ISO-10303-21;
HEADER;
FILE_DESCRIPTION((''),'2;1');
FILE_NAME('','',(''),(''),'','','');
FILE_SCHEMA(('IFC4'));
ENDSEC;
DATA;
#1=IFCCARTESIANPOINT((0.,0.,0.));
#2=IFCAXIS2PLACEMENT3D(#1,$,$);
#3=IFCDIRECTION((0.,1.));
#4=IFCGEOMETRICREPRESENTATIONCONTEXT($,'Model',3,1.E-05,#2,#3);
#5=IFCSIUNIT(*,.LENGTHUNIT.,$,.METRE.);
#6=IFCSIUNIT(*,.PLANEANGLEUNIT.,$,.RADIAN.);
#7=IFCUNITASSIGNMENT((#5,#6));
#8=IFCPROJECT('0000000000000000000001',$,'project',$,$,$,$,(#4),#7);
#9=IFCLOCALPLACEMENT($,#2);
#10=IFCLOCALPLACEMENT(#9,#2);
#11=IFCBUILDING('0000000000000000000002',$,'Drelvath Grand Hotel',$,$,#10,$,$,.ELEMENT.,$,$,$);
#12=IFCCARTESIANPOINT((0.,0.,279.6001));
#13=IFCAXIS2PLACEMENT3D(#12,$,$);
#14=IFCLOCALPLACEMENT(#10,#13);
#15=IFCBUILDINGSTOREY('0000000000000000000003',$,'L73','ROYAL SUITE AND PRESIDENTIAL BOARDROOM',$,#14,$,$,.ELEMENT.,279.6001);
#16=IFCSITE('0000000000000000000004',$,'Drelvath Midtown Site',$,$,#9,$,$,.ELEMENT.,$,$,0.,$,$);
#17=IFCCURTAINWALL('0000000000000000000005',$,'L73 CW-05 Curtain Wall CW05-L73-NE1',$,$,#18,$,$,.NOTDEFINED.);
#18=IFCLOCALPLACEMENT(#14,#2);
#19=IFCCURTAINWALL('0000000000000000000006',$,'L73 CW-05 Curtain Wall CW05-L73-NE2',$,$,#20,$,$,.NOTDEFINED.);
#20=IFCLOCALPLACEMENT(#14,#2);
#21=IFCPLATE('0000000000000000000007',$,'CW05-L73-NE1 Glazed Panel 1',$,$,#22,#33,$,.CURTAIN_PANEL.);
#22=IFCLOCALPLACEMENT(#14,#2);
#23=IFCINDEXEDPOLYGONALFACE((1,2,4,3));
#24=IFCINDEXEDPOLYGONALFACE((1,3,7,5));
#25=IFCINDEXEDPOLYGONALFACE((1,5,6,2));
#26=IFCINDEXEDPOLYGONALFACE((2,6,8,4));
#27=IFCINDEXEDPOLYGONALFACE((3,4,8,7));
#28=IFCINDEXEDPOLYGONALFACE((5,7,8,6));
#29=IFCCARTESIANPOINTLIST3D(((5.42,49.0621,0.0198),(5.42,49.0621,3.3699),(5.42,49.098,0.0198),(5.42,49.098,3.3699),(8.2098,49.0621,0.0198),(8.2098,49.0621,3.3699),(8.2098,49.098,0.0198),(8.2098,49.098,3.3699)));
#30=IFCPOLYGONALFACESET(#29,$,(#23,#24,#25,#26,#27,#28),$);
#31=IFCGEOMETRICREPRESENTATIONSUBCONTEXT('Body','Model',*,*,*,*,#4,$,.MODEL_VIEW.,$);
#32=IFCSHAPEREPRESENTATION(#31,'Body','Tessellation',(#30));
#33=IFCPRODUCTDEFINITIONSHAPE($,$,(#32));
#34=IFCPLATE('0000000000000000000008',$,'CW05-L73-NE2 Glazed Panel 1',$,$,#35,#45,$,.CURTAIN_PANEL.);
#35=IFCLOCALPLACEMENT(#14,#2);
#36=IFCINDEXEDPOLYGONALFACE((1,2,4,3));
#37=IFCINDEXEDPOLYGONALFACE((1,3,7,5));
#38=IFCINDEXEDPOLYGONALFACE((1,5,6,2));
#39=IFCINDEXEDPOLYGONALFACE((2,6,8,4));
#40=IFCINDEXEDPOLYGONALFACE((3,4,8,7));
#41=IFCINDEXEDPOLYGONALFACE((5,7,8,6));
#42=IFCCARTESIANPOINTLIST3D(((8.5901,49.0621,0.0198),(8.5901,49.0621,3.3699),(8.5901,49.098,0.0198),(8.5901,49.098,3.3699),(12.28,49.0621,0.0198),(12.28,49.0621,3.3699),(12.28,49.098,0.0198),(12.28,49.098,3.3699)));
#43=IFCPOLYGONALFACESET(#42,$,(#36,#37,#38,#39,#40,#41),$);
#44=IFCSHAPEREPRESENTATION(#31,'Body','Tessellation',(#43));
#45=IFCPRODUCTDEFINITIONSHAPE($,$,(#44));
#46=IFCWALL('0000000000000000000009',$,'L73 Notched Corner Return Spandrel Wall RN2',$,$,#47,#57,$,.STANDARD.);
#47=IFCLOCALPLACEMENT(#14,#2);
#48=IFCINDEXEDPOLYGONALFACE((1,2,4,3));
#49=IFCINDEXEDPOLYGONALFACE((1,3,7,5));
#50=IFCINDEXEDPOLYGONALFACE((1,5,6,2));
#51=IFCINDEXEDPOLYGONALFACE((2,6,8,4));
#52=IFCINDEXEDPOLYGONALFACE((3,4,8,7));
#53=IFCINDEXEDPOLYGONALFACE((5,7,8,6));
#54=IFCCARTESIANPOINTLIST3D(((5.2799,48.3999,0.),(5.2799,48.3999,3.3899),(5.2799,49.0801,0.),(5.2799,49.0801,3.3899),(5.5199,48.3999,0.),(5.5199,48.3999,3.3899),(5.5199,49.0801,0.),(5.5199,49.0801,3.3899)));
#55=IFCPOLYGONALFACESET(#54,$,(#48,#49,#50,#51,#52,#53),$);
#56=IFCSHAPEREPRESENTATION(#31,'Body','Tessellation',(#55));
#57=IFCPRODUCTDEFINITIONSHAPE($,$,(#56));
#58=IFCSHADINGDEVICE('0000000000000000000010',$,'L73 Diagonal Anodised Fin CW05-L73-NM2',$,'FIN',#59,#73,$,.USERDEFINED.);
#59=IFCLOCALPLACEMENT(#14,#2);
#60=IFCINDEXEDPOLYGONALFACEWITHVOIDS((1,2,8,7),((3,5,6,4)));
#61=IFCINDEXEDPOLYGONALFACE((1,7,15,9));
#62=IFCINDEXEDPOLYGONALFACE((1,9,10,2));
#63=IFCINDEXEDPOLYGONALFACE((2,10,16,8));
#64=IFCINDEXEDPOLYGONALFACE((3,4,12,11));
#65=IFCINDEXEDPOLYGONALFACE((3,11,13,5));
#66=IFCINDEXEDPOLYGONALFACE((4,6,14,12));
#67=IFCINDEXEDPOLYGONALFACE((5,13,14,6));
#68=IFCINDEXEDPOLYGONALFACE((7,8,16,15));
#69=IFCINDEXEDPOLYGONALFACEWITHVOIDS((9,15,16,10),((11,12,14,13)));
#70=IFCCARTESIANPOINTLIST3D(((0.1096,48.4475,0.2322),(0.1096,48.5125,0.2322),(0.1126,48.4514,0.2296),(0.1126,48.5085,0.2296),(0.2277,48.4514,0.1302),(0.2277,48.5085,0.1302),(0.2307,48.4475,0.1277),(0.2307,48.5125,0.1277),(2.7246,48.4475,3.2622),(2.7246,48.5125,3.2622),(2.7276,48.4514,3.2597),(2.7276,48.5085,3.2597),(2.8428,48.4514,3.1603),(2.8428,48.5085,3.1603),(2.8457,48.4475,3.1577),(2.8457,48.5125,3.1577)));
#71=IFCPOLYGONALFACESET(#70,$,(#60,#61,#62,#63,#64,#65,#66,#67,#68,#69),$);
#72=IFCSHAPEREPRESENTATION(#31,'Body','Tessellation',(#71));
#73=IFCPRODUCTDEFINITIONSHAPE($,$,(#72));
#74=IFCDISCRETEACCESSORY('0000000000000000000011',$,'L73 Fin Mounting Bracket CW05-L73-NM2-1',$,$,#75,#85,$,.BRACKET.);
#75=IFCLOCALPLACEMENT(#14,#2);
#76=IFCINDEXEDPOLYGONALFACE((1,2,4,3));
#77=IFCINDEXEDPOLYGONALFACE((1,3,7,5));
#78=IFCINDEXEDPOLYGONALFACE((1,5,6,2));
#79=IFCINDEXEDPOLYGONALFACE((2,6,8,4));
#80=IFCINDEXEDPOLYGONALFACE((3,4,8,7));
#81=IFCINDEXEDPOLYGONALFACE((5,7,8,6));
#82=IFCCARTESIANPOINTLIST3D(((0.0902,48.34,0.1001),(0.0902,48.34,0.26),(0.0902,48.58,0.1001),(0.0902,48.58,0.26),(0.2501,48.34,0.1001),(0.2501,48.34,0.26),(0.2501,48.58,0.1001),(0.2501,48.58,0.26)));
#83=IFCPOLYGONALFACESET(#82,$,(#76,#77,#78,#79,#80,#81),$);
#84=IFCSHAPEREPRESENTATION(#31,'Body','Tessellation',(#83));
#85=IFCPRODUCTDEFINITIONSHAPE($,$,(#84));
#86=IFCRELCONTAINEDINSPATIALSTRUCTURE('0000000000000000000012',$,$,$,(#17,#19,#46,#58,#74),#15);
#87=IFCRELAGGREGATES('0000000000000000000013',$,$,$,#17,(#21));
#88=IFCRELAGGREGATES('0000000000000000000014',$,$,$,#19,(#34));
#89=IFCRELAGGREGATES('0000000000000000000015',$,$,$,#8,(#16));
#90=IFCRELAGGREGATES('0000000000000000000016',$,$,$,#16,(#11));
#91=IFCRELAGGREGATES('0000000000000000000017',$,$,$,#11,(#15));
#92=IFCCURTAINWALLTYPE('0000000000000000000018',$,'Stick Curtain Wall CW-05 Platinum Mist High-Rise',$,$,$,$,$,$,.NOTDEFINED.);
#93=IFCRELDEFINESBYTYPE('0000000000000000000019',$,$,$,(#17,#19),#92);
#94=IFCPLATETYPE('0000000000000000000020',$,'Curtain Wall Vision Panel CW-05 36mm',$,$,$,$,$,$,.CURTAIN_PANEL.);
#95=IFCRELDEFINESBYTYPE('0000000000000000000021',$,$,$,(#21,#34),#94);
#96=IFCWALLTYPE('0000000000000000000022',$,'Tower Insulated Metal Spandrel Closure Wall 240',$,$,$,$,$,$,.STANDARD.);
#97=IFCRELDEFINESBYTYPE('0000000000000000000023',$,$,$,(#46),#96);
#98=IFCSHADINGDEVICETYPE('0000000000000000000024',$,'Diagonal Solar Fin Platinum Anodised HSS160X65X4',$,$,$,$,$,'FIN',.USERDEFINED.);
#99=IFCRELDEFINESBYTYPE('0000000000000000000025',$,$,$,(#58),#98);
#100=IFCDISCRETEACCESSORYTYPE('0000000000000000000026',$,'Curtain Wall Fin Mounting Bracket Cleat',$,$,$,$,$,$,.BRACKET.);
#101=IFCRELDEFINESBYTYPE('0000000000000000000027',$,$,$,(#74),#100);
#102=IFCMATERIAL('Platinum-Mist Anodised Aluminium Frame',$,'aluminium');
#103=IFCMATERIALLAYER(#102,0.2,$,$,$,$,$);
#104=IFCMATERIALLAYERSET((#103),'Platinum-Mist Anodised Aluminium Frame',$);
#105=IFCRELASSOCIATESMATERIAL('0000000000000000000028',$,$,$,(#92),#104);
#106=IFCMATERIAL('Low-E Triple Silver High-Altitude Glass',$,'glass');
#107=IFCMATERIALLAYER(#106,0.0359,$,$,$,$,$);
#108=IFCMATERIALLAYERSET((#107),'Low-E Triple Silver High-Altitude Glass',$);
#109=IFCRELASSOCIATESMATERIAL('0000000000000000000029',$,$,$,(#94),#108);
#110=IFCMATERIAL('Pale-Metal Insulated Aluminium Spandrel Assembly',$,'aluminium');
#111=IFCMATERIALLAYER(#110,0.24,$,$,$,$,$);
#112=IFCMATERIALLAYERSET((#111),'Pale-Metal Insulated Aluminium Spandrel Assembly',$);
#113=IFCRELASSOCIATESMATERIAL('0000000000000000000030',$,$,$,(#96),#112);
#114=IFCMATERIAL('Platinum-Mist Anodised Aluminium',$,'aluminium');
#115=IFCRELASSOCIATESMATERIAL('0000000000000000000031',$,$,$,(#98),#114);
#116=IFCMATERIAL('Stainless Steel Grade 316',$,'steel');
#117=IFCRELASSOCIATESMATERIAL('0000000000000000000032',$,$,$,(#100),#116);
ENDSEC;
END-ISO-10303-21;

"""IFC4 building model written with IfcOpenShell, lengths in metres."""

from ifc_helpers import new_model, si_unit, direction, frame, frame_2d, origin, origin_2d, place, context, subcontext, project, spatial, rectangle, hollow_rectangle, extrude, material, layer, layer_set, material_profile, profile_set, type_object, element, aggregate, save


model = new_model("IFC4")

# Units and contexts
model_context = context("Model", 3, precision=1e-05, world=origin(), true_north=direction((0.0, 1.0)))
body_context = subcontext(model_context, "Body", "Model", "MODEL_VIEW")
ifc_project = project(units=[si_unit("LENGTHUNIT", "METRE"), si_unit("PLANEANGLEUNIT", "RADIAN")], contexts=[model_context])

# Site, building, storey
site_placement = place(None, origin())
site = spatial("IfcSite", under=ifc_project, at=site_placement, Name="Drelvath Midtown Site", CompositionType="ELEMENT", RefElevation=0.0)
building_placement = place(site_placement, origin())
building = spatial("IfcBuilding", under=site, at=building_placement, Name="Drelvath Grand Hotel", CompositionType="ELEMENT")
storey_placement = place(building_placement, frame((0.0, 0.0, 279.6001)))
storey = spatial("IfcBuildingStorey", under=building, at=storey_placement, Name="L73", Description="ROYAL SUITE AND PRESIDENTIAL BOARDROOM", CompositionType="ELEMENT", Elevation=279.6001)

# Curtain walls
ifc_material_1 = material(Name="Platinum-Mist Anodised Aluminium Frame", Category="aluminium")
ifc_layer_1 = layer(ifc_material_1, 0.2)
ifc_layer_set_1 = layer_set([ifc_layer_1], Name="Platinum-Mist Anodised Aluminium Frame")
curtain_wall_type = type_object("IfcCurtainWallType", Name="Stick Curtain Wall CW-05 Platinum Mist High-Rise", PredefinedType="NOTDEFINED", material=ifc_layer_set_1)
curtain_wall_1_placement = place(storey_placement, origin())
curtain_wall_1 = element("IfcCurtainWall", 1, at=curtain_wall_1_placement, inside=storey, type_object=curtain_wall_type, Name="L73 CW-05 Curtain Wall CW05-L73-NE1", PredefinedType="NOTDEFINED")
curtain_wall_2_placement = place(storey_placement, origin())
curtain_wall_2 = element("IfcCurtainWall", 2, at=curtain_wall_2_placement, inside=storey, type_object=curtain_wall_type, Name="L73 CW-05 Curtain Wall CW05-L73-NE2", PredefinedType="NOTDEFINED")

# Plates
ifc_material_2 = material(Name="Low-E Triple Silver High-Altitude Glass", Category="glass")
ifc_layer_2 = layer(ifc_material_2, 0.0359)
ifc_layer_set_2 = layer_set([ifc_layer_2], Name="Low-E Triple Silver High-Altitude Glass")
plate_type = type_object("IfcPlateType", Name="Curtain Wall Vision Panel CW-05 36mm", PredefinedType="CURTAIN_PANEL", material=ifc_layer_set_2)
plate_1_placement = place(storey_placement, frame((6.8149, 49.0801, 0.0198), z_axis=(0.0, 0.0, 1.0), x_axis=(1.0, 0.0, 0.0)))
plate_1 = element("IfcPlate", 3, at=plate_1_placement, type_object=plate_type, Name="CW05-L73-NE1 Glazed Panel 1", PredefinedType="CURTAIN_PANEL", context=body_context, shape_type="SweptSolid", body=[
    extrude(rectangle(XDim=2.7898, YDim=0.0359, at=origin_2d()), origin(), (0.0, 0.0, 1.0), 3.3501),
])
aggregate(curtain_wall_1, [plate_1])
plate_2_placement = place(storey_placement, frame((10.4351, 49.0801, 0.0198), z_axis=(0.0, 0.0, 1.0), x_axis=(1.0, 0.0, 0.0)))
plate_2 = element("IfcPlate", 4, at=plate_2_placement, type_object=plate_type, Name="CW05-L73-NE2 Glazed Panel 1", PredefinedType="CURTAIN_PANEL", context=body_context, shape_type="SweptSolid", body=[
    extrude(rectangle(XDim=3.6899, YDim=0.0359, at=origin_2d()), origin(), (0.0, 0.0, 1.0), 3.3501),
])
aggregate(curtain_wall_2, [plate_2])

# Wall
ifc_material_3 = material(Name="Pale-Metal Insulated Aluminium Spandrel Assembly", Category="aluminium")
ifc_layer_3 = layer(ifc_material_3, 0.24)
ifc_layer_set_3 = layer_set([ifc_layer_3], Name="Pale-Metal Insulated Aluminium Spandrel Assembly")
wall_type = type_object("IfcWallType", Name="Tower Insulated Metal Spandrel Closure Wall 240", PredefinedType="STANDARD", material=ifc_layer_set_3)
wall_placement = place(storey_placement, frame((5.3999, 48.3999, 0.0), z_axis=(0.0, 0.0, 1.0), x_axis=(0.0, 1.0, 0.0)))
element("IfcWall", 5, at=wall_placement, inside=storey, type_object=wall_type, Name="L73 Notched Corner Return Spandrel Wall RN2", PredefinedType="STANDARD", context=body_context, shape_type="SweptSolid", body=[
    extrude(rectangle(XDim=0.6802, YDim=0.24, at=frame_2d((0.3401, 0.0))), origin(), (0.0, 0.0, 1.0), 3.3899),
])

# Shading device
ifc_material_4 = material(Name="Platinum-Mist Anodised Aluminium", Category="aluminium")
ifc_material_profile_1 = material_profile(ifc_material_4, hollow_rectangle(XDim=0.0649, YDim=0.1599, WallThickness=0.0039, at=origin_2d()), Name="HSS160X65X4")
ifc_profile_set_1 = profile_set([ifc_material_profile_1], Name="Platinum-Mist Anodised Aluminium")
shading_device_type = type_object("IfcShadingDeviceType", Name="Diagonal Solar Fin Platinum Anodised HSS160X65X4", ElementType="FIN", PredefinedType="USERDEFINED", material=ifc_profile_set_1)
shading_device_placement = place(storey_placement, frame((0.1702, 48.48, 0.1799), z_axis=(0.653355, 0.0, 0.757052), x_axis=(0.0, 1.0, 0.0)))
element("IfcShadingDevice", 6, at=shading_device_placement, inside=storey, type_object=shading_device_type, Name="L73 Diagonal Anodised Fin CW05-L73-NM2", ObjectType="FIN", PredefinedType="USERDEFINED", context=body_context, shape_type="SweptSolid", body=[
    extrude(hollow_rectangle(XDim=0.0649, YDim=0.1599, WallThickness=0.0039, at=origin_2d()), origin(), (0.0, 0.0, 1.0), 4.0024),
])

# Discrete accessory
ifc_material_5 = material(Name="Stainless Steel Grade 316", Category="steel")
discrete_accessory_type = type_object("IfcDiscreteAccessoryType", Name="Curtain Wall Fin Mounting Bracket Cleat", PredefinedType="BRACKET", material=ifc_material_5)
discrete_accessory_placement = place(storey_placement, frame((0.1702, 48.46, 0.1001), z_axis=(0.0, 0.0, 1.0), x_axis=(1.0, 0.0, 0.0)))
element("IfcDiscreteAccessory", 7, at=discrete_accessory_placement, inside=storey, type_object=discrete_accessory_type, Name="L73 Fin Mounting Bracket CW05-L73-NM2-1", PredefinedType="BRACKET", context=body_context, shape_type="SweptSolid", body=[
    extrude(rectangle(XDim=0.1599, YDim=0.24, at=origin_2d()), origin(), (0.0, 0.0, 1.0), 0.1599),
])

save(model, "model.ifc")
